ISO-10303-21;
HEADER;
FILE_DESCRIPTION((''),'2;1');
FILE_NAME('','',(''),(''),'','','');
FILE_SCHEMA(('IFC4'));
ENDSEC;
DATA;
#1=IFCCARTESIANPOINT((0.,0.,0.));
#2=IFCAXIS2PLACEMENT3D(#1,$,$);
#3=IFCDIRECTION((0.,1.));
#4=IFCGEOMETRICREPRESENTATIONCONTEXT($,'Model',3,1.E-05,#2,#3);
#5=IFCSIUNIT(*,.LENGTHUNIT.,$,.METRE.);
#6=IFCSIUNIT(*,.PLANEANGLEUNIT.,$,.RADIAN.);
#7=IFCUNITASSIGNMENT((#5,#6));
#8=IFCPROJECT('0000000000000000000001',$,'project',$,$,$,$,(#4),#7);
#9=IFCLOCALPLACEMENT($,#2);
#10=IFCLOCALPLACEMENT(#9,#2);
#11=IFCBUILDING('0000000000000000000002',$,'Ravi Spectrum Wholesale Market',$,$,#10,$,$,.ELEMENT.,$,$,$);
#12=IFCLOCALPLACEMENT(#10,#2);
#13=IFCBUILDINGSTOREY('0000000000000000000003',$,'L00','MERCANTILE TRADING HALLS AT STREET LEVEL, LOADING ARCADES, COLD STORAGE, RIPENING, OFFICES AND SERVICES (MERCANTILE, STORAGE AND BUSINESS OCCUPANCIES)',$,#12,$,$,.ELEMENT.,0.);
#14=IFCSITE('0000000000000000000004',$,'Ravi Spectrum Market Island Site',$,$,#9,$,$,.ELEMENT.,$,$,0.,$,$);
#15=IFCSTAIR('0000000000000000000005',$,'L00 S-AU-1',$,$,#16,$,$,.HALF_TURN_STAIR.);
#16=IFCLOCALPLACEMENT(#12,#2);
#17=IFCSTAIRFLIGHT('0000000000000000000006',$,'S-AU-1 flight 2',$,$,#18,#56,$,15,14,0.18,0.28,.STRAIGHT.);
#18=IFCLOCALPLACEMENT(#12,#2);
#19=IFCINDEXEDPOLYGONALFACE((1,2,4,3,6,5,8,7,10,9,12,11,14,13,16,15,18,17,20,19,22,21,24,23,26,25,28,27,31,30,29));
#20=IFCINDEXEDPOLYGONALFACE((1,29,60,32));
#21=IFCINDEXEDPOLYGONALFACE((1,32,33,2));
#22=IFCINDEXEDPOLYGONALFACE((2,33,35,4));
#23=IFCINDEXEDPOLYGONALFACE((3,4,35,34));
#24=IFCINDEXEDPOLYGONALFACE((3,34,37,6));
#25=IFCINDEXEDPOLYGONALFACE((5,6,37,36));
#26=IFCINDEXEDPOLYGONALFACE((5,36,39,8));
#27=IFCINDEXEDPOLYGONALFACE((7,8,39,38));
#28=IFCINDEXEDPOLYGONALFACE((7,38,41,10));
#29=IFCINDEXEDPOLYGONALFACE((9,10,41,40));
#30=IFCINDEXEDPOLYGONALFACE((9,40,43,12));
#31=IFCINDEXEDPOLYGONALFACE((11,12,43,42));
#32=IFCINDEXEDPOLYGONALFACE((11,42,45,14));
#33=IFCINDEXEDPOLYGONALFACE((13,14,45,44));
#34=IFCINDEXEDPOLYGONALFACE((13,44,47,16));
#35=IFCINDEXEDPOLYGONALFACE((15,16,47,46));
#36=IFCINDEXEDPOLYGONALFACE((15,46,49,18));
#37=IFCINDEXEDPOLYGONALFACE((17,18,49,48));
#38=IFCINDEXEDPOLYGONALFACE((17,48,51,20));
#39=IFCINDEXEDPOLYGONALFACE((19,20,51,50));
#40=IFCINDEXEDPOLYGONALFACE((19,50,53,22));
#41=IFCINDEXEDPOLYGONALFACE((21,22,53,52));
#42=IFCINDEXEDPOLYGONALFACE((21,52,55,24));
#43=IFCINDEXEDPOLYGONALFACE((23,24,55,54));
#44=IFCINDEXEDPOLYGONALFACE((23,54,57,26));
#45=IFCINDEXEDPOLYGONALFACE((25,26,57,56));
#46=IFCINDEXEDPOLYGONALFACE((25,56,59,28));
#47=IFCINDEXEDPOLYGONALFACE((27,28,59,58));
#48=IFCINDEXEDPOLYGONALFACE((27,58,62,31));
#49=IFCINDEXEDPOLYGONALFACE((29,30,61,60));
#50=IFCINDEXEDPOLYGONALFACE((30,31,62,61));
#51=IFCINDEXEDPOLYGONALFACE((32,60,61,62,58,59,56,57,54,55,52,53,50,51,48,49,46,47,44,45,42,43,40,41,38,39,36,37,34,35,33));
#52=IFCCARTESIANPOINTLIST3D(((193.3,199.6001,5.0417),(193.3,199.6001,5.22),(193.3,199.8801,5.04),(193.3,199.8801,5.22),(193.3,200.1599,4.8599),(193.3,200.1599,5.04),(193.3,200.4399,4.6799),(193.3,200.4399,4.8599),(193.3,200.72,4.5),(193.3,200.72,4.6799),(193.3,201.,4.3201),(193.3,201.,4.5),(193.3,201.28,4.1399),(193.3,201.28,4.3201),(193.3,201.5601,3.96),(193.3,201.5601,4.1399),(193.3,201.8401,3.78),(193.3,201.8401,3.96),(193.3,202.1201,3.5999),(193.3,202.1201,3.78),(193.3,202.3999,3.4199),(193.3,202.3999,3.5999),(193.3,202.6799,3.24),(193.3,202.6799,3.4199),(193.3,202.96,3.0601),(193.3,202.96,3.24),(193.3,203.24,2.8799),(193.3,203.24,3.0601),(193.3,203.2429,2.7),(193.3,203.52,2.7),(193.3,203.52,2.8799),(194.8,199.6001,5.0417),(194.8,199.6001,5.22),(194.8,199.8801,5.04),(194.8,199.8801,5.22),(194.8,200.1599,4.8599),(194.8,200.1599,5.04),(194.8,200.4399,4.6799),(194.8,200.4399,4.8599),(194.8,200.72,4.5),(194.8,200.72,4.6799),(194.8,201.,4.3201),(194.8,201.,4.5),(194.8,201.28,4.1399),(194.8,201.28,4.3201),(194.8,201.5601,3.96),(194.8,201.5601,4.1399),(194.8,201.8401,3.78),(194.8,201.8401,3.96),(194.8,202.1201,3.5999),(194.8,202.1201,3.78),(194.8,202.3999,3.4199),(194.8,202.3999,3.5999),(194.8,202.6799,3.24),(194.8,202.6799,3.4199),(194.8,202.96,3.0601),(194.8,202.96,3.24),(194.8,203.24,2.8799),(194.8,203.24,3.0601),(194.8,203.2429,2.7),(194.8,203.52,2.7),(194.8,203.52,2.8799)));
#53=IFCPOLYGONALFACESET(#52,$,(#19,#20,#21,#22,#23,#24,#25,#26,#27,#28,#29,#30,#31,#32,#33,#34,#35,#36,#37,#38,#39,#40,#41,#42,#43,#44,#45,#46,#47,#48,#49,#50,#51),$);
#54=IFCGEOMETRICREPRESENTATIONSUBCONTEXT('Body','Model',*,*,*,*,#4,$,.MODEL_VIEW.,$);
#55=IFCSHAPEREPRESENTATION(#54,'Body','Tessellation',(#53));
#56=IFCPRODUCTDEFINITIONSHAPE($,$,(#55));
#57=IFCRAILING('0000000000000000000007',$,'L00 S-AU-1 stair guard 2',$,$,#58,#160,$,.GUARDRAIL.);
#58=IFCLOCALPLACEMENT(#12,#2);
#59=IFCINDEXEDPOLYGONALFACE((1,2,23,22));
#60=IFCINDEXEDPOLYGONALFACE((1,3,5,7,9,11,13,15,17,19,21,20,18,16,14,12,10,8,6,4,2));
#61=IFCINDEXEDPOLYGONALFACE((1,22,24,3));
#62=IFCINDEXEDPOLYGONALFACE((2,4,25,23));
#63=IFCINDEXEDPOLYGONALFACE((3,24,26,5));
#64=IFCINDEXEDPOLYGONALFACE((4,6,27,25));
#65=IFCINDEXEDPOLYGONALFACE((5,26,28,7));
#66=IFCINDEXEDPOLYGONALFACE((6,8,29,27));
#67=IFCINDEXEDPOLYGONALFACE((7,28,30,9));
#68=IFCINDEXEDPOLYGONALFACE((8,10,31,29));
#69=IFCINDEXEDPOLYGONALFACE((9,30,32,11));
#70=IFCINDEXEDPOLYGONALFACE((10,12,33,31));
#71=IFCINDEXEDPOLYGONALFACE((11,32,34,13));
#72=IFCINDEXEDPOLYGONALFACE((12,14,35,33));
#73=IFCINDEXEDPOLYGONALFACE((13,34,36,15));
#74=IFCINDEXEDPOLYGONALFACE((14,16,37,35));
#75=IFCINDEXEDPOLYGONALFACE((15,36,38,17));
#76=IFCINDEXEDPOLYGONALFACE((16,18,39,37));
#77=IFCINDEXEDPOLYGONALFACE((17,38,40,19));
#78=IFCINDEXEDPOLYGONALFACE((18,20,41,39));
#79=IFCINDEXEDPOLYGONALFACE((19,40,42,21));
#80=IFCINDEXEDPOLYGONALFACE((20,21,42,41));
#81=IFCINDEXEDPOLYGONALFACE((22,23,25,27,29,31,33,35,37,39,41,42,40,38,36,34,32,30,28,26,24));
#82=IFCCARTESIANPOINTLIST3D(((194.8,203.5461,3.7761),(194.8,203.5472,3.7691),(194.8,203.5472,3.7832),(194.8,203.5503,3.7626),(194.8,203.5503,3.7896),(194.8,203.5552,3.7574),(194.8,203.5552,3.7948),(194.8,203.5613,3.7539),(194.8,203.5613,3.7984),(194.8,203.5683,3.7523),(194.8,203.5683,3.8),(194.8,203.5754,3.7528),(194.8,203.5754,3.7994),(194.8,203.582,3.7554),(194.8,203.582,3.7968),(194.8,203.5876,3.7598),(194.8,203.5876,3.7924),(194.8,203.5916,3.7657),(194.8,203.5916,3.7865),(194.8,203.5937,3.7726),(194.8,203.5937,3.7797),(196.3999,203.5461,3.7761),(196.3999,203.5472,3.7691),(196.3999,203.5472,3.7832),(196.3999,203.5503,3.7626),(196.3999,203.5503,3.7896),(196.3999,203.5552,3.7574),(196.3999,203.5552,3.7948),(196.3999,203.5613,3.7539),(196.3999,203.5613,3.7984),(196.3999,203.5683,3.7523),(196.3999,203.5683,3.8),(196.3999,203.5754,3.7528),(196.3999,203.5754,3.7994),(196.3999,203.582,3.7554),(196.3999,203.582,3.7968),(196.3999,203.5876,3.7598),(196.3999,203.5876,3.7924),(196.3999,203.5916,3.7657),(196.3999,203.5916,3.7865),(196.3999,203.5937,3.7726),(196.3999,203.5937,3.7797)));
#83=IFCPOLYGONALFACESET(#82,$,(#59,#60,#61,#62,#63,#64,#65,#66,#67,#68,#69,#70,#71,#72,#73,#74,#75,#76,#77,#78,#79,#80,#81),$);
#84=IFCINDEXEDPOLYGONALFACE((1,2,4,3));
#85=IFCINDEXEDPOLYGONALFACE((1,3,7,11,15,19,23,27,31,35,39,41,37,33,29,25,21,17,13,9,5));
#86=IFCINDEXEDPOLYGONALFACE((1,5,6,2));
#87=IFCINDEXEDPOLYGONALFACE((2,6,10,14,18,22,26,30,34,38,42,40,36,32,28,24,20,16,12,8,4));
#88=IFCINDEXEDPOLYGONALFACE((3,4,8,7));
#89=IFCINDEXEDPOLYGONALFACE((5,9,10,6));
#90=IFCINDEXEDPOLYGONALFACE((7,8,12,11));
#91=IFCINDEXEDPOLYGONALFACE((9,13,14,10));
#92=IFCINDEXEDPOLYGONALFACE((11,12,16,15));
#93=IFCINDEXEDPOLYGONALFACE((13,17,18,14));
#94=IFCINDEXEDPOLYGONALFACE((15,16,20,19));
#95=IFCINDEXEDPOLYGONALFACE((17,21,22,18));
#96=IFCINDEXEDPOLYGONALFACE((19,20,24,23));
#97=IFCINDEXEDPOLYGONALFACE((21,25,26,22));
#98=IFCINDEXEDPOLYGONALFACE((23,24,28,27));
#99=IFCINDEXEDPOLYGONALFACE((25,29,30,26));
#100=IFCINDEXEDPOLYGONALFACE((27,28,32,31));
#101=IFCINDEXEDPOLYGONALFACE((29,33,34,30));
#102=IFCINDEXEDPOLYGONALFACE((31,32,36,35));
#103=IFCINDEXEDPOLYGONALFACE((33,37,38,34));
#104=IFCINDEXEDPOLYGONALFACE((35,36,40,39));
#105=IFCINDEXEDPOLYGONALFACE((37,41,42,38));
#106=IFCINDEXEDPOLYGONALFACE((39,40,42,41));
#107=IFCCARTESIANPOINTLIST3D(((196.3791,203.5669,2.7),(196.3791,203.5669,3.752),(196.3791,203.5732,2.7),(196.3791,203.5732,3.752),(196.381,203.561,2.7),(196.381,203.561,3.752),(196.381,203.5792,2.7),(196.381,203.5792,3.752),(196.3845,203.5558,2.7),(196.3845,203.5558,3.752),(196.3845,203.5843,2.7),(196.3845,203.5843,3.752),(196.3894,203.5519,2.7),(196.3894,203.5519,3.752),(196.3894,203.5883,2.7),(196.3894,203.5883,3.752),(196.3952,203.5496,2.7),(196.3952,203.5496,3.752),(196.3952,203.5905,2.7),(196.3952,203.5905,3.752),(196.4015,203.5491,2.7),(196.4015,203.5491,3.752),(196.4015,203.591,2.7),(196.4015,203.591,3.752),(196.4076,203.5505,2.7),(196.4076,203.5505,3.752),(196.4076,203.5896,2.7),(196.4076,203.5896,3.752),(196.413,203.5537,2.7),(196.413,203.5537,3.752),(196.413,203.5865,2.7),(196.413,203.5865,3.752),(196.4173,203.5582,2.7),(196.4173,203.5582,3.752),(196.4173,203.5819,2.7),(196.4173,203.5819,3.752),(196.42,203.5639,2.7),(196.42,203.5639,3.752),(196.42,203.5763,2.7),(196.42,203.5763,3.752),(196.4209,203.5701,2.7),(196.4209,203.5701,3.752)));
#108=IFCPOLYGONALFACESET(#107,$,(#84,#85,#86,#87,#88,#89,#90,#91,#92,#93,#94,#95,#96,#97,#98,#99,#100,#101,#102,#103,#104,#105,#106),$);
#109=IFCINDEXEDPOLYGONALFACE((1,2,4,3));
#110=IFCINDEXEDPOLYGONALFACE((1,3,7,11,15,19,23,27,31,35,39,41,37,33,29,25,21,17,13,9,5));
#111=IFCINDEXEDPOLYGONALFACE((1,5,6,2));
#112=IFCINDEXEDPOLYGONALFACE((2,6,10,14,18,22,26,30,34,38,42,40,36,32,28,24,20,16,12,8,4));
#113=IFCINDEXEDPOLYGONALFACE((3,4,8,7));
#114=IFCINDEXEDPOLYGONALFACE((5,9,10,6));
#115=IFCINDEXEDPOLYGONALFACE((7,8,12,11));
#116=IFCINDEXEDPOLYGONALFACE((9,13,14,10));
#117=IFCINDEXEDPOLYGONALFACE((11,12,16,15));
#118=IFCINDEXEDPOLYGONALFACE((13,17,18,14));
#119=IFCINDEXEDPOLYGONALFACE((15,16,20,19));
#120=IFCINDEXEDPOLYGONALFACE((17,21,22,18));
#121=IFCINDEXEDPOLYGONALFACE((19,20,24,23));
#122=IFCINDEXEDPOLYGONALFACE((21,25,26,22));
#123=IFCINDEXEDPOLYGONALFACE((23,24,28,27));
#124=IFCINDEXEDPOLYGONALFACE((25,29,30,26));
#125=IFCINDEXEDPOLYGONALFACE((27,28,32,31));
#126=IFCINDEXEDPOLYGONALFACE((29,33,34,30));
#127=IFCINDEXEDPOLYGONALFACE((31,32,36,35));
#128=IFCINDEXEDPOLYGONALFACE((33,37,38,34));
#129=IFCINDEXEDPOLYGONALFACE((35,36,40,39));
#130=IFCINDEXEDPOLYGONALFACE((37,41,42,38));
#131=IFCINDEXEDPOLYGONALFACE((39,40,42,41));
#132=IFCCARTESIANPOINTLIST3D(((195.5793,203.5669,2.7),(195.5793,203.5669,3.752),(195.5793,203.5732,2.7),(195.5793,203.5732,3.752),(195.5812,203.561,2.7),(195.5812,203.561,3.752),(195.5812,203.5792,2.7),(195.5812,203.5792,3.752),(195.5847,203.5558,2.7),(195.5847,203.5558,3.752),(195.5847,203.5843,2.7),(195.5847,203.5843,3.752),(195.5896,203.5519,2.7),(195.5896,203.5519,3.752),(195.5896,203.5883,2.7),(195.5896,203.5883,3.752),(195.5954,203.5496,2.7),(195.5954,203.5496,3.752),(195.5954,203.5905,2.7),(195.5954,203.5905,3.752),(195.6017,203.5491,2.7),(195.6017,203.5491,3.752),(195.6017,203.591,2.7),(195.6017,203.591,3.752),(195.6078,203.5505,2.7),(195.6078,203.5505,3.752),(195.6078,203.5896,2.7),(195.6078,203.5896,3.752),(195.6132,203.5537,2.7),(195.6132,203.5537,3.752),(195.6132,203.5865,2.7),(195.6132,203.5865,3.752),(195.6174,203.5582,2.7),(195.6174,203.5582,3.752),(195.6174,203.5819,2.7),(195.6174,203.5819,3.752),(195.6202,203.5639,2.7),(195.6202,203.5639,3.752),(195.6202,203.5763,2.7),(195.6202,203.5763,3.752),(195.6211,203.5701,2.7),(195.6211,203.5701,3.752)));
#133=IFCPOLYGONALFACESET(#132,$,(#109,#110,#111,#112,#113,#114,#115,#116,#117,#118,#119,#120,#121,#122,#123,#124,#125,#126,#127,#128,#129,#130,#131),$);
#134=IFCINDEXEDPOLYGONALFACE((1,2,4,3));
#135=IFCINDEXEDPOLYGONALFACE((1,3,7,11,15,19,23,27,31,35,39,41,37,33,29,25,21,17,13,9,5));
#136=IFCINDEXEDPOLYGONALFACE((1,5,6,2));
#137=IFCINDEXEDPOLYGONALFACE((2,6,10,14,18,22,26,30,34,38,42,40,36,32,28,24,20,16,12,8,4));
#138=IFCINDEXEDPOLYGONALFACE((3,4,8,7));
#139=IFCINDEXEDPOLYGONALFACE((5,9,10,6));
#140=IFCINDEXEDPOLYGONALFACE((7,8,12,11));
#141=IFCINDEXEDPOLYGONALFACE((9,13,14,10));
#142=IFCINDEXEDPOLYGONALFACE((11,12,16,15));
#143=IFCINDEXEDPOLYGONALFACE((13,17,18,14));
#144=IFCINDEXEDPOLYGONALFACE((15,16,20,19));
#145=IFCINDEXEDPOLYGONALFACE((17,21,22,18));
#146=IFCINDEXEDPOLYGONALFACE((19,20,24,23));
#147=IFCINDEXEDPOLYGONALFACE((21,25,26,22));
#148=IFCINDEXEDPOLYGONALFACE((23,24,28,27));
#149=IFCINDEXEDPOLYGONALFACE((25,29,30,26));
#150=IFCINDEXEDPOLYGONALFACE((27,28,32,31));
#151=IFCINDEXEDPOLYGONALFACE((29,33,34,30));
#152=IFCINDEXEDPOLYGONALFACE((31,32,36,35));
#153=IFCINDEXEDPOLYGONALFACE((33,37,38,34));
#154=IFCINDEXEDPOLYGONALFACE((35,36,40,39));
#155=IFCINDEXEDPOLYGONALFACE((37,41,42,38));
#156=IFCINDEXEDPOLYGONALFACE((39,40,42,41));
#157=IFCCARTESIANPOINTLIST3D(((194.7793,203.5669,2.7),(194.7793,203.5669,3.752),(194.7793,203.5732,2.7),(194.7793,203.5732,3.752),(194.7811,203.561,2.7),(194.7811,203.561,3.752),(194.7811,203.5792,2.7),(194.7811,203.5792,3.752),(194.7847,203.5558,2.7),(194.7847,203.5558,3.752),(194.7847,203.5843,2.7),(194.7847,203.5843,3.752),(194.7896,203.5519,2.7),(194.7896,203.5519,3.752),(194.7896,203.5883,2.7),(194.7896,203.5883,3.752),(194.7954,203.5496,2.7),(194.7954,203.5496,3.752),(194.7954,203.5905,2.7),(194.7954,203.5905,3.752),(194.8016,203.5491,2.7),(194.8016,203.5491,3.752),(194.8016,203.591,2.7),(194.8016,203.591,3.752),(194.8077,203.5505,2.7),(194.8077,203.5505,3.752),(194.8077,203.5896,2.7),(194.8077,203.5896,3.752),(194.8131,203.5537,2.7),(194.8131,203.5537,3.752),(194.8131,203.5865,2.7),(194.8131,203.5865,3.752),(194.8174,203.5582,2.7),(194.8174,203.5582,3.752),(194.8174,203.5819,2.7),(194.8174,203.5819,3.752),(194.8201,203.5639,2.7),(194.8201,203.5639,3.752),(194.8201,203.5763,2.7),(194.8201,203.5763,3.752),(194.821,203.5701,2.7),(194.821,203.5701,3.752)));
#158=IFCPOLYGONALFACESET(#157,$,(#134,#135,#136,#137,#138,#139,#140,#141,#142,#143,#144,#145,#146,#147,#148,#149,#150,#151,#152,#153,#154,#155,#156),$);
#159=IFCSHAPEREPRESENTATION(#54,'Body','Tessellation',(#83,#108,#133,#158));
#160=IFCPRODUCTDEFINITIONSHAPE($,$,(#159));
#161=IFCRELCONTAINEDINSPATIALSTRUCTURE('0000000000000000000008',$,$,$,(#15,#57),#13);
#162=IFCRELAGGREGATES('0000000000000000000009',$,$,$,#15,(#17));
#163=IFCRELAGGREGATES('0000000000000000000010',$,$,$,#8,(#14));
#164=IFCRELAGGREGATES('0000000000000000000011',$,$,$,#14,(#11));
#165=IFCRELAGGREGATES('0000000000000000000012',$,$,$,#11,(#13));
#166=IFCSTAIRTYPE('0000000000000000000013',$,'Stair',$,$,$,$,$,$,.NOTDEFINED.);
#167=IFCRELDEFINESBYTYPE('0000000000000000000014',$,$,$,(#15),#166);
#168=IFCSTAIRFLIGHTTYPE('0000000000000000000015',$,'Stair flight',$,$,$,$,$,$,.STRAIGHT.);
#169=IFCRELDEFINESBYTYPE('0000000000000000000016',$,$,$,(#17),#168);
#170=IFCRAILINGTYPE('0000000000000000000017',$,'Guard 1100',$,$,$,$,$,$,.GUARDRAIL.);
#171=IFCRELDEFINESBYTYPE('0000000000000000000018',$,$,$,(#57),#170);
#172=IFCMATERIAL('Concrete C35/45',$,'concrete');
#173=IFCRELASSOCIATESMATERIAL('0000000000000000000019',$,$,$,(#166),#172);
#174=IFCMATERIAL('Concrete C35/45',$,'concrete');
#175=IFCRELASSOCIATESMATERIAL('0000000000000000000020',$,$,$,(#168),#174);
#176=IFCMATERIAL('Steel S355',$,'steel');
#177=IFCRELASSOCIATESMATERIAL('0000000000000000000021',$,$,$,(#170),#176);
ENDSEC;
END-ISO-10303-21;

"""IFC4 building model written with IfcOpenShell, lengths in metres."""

from ifc_helpers import new_model, si_unit, direction, frame, origin, origin_2d, place, context, subcontext, project, spatial, polyline, circle, outline, extrude, material, type_object, element, aggregate, save


model = new_model("IFC4")

# Units and contexts
model_context = context("Model", 3, precision=1e-05, world=origin(), true_north=direction((0.0, 1.0)))
body_context = subcontext(model_context, "Body", "Model", "MODEL_VIEW")
ifc_project = project(units=[si_unit("LENGTHUNIT", "METRE"), si_unit("PLANEANGLEUNIT", "RADIAN")], contexts=[model_context])

# Site, building, storey
site_placement = place(None, origin())
site = spatial("IfcSite", under=ifc_project, at=site_placement, Name="Ravi Spectrum Market Island Site", CompositionType="ELEMENT", RefElevation=0.0)
building_placement = place(site_placement, origin())
building = spatial("IfcBuilding", under=site, at=building_placement, Name="Ravi Spectrum Wholesale Market", CompositionType="ELEMENT")
storey_placement = place(building_placement, origin())
storey = spatial("IfcBuildingStorey", under=building, at=storey_placement, Name="L00", Description="MERCANTILE TRADING HALLS AT STREET LEVEL, LOADING ARCADES, COLD STORAGE, RIPENING, OFFICES AND SERVICES (MERCANTILE, STORAGE AND BUSINESS OCCUPANCIES)", CompositionType="ELEMENT", Elevation=0.0)

# Stair, stair flight
ifc_material_1 = material(Name="Concrete C35/45", Category="concrete")
stair_type = type_object("IfcStairType", Name="Stair", PredefinedType="NOTDEFINED", material=ifc_material_1)
stair_placement = place(storey_placement, origin())
stair = element("IfcStair", 1, at=stair_placement, inside=storey, type_object=stair_type, Name="L00 S-AU-1", PredefinedType="HALF_TURN_STAIR")
ifc_material_2 = material(Name="Concrete C35/45", Category="concrete")
stair_flight_type = type_object("IfcStairFlightType", Name="Stair flight", PredefinedType="STRAIGHT", material=ifc_material_2)
stair_flight_placement = place(storey_placement, frame((194.05, 203.52, 2.7), z_axis=(0.0, 0.0, 1.0), x_axis=(0.0, -1.0, 0.0)))
stair_flight = element("IfcStairFlight", 2, at=stair_flight_placement, type_object=stair_flight_type, Name="S-AU-1 flight 2", NumberOfRisers=15, NumberOfTreads=14, PredefinedType="STRAIGHT", RiserHeight=0.18, TreadLength=0.28, context=body_context, shape_type="SweptSolid", body=[
    extrude(outline(polyline([(0.0, 0.0), (0.0, 0.1799), (0.28, 0.1799), (0.28, 0.3601), (0.5601, 0.3601), (0.5601, 0.54), (0.8401, 0.54), (0.8401, 0.72), (1.1201, 0.72), (1.1201, 0.8999), (1.3999, 0.8999), (1.3999, 1.0801), (1.6799, 1.0801), (1.6799, 1.26), (1.96, 1.26), (1.96, 1.4399), (2.24, 1.4399), (2.24, 1.6201), (2.52, 1.6201), (2.52, 1.8), (2.8, 1.8), (2.8, 1.98), (3.0801, 1.98), (3.0801, 2.1599), (3.3601, 2.1599), (3.3601, 2.3401), (3.6399, 2.3401), (3.6399, 2.52), (3.9199, 2.52), (3.9199, 2.7), (3.9199, 2.3418), (0.2771, 0.0), (0.0, 0.0)])), frame((0.0, 0.75, 0.0), z_axis=(0.0, -1.0, 0.0), x_axis=(1.0, 0.0, 0.0)), (0.0, 0.0, 1.0), 1.5),
])
aggregate(stair, [stair_flight])

# Railing
ifc_material_3 = material(Name="Steel S355", Category="steel")
railing_type_1 = type_object("IfcRailingType", Name="Guard 1100", PredefinedType="GUARDRAIL", material=ifc_material_3)
railing_1_placement = place(storey_placement, frame((196.3999, 203.5701, 2.7)))
element("IfcRailing", 3, at=railing_1_placement, inside=storey, type_object=railing_type_1, Name="L00 S-AU-1 stair guard 2", PredefinedType="GUARDRAIL", context=body_context, shape_type="SweptSolid", body=[
    extrude(circle(Radius=0.0239, at=origin_2d()), frame((0.0, 0.0, 1.0762), z_axis=(-1.0, 0.0, 0.0), x_axis=(0.0, -1.0, 0.0)), (0.0, 0.0, 1.0), 1.5999),
    extrude(circle(Radius=0.021, at=origin_2d()), origin(), (0.0, 0.0, 1.0), 1.052),
    extrude(circle(Radius=0.021, at=origin_2d()), frame((-0.7998, 0.0, 0.0)), (0.0, 0.0, 1.0), 1.052),
    extrude(circle(Radius=0.021, at=origin_2d()), frame((-1.5999, 0.0, 0.0)), (0.0, 0.0, 1.0), 1.052),
])

save(model, "model.ifc")
